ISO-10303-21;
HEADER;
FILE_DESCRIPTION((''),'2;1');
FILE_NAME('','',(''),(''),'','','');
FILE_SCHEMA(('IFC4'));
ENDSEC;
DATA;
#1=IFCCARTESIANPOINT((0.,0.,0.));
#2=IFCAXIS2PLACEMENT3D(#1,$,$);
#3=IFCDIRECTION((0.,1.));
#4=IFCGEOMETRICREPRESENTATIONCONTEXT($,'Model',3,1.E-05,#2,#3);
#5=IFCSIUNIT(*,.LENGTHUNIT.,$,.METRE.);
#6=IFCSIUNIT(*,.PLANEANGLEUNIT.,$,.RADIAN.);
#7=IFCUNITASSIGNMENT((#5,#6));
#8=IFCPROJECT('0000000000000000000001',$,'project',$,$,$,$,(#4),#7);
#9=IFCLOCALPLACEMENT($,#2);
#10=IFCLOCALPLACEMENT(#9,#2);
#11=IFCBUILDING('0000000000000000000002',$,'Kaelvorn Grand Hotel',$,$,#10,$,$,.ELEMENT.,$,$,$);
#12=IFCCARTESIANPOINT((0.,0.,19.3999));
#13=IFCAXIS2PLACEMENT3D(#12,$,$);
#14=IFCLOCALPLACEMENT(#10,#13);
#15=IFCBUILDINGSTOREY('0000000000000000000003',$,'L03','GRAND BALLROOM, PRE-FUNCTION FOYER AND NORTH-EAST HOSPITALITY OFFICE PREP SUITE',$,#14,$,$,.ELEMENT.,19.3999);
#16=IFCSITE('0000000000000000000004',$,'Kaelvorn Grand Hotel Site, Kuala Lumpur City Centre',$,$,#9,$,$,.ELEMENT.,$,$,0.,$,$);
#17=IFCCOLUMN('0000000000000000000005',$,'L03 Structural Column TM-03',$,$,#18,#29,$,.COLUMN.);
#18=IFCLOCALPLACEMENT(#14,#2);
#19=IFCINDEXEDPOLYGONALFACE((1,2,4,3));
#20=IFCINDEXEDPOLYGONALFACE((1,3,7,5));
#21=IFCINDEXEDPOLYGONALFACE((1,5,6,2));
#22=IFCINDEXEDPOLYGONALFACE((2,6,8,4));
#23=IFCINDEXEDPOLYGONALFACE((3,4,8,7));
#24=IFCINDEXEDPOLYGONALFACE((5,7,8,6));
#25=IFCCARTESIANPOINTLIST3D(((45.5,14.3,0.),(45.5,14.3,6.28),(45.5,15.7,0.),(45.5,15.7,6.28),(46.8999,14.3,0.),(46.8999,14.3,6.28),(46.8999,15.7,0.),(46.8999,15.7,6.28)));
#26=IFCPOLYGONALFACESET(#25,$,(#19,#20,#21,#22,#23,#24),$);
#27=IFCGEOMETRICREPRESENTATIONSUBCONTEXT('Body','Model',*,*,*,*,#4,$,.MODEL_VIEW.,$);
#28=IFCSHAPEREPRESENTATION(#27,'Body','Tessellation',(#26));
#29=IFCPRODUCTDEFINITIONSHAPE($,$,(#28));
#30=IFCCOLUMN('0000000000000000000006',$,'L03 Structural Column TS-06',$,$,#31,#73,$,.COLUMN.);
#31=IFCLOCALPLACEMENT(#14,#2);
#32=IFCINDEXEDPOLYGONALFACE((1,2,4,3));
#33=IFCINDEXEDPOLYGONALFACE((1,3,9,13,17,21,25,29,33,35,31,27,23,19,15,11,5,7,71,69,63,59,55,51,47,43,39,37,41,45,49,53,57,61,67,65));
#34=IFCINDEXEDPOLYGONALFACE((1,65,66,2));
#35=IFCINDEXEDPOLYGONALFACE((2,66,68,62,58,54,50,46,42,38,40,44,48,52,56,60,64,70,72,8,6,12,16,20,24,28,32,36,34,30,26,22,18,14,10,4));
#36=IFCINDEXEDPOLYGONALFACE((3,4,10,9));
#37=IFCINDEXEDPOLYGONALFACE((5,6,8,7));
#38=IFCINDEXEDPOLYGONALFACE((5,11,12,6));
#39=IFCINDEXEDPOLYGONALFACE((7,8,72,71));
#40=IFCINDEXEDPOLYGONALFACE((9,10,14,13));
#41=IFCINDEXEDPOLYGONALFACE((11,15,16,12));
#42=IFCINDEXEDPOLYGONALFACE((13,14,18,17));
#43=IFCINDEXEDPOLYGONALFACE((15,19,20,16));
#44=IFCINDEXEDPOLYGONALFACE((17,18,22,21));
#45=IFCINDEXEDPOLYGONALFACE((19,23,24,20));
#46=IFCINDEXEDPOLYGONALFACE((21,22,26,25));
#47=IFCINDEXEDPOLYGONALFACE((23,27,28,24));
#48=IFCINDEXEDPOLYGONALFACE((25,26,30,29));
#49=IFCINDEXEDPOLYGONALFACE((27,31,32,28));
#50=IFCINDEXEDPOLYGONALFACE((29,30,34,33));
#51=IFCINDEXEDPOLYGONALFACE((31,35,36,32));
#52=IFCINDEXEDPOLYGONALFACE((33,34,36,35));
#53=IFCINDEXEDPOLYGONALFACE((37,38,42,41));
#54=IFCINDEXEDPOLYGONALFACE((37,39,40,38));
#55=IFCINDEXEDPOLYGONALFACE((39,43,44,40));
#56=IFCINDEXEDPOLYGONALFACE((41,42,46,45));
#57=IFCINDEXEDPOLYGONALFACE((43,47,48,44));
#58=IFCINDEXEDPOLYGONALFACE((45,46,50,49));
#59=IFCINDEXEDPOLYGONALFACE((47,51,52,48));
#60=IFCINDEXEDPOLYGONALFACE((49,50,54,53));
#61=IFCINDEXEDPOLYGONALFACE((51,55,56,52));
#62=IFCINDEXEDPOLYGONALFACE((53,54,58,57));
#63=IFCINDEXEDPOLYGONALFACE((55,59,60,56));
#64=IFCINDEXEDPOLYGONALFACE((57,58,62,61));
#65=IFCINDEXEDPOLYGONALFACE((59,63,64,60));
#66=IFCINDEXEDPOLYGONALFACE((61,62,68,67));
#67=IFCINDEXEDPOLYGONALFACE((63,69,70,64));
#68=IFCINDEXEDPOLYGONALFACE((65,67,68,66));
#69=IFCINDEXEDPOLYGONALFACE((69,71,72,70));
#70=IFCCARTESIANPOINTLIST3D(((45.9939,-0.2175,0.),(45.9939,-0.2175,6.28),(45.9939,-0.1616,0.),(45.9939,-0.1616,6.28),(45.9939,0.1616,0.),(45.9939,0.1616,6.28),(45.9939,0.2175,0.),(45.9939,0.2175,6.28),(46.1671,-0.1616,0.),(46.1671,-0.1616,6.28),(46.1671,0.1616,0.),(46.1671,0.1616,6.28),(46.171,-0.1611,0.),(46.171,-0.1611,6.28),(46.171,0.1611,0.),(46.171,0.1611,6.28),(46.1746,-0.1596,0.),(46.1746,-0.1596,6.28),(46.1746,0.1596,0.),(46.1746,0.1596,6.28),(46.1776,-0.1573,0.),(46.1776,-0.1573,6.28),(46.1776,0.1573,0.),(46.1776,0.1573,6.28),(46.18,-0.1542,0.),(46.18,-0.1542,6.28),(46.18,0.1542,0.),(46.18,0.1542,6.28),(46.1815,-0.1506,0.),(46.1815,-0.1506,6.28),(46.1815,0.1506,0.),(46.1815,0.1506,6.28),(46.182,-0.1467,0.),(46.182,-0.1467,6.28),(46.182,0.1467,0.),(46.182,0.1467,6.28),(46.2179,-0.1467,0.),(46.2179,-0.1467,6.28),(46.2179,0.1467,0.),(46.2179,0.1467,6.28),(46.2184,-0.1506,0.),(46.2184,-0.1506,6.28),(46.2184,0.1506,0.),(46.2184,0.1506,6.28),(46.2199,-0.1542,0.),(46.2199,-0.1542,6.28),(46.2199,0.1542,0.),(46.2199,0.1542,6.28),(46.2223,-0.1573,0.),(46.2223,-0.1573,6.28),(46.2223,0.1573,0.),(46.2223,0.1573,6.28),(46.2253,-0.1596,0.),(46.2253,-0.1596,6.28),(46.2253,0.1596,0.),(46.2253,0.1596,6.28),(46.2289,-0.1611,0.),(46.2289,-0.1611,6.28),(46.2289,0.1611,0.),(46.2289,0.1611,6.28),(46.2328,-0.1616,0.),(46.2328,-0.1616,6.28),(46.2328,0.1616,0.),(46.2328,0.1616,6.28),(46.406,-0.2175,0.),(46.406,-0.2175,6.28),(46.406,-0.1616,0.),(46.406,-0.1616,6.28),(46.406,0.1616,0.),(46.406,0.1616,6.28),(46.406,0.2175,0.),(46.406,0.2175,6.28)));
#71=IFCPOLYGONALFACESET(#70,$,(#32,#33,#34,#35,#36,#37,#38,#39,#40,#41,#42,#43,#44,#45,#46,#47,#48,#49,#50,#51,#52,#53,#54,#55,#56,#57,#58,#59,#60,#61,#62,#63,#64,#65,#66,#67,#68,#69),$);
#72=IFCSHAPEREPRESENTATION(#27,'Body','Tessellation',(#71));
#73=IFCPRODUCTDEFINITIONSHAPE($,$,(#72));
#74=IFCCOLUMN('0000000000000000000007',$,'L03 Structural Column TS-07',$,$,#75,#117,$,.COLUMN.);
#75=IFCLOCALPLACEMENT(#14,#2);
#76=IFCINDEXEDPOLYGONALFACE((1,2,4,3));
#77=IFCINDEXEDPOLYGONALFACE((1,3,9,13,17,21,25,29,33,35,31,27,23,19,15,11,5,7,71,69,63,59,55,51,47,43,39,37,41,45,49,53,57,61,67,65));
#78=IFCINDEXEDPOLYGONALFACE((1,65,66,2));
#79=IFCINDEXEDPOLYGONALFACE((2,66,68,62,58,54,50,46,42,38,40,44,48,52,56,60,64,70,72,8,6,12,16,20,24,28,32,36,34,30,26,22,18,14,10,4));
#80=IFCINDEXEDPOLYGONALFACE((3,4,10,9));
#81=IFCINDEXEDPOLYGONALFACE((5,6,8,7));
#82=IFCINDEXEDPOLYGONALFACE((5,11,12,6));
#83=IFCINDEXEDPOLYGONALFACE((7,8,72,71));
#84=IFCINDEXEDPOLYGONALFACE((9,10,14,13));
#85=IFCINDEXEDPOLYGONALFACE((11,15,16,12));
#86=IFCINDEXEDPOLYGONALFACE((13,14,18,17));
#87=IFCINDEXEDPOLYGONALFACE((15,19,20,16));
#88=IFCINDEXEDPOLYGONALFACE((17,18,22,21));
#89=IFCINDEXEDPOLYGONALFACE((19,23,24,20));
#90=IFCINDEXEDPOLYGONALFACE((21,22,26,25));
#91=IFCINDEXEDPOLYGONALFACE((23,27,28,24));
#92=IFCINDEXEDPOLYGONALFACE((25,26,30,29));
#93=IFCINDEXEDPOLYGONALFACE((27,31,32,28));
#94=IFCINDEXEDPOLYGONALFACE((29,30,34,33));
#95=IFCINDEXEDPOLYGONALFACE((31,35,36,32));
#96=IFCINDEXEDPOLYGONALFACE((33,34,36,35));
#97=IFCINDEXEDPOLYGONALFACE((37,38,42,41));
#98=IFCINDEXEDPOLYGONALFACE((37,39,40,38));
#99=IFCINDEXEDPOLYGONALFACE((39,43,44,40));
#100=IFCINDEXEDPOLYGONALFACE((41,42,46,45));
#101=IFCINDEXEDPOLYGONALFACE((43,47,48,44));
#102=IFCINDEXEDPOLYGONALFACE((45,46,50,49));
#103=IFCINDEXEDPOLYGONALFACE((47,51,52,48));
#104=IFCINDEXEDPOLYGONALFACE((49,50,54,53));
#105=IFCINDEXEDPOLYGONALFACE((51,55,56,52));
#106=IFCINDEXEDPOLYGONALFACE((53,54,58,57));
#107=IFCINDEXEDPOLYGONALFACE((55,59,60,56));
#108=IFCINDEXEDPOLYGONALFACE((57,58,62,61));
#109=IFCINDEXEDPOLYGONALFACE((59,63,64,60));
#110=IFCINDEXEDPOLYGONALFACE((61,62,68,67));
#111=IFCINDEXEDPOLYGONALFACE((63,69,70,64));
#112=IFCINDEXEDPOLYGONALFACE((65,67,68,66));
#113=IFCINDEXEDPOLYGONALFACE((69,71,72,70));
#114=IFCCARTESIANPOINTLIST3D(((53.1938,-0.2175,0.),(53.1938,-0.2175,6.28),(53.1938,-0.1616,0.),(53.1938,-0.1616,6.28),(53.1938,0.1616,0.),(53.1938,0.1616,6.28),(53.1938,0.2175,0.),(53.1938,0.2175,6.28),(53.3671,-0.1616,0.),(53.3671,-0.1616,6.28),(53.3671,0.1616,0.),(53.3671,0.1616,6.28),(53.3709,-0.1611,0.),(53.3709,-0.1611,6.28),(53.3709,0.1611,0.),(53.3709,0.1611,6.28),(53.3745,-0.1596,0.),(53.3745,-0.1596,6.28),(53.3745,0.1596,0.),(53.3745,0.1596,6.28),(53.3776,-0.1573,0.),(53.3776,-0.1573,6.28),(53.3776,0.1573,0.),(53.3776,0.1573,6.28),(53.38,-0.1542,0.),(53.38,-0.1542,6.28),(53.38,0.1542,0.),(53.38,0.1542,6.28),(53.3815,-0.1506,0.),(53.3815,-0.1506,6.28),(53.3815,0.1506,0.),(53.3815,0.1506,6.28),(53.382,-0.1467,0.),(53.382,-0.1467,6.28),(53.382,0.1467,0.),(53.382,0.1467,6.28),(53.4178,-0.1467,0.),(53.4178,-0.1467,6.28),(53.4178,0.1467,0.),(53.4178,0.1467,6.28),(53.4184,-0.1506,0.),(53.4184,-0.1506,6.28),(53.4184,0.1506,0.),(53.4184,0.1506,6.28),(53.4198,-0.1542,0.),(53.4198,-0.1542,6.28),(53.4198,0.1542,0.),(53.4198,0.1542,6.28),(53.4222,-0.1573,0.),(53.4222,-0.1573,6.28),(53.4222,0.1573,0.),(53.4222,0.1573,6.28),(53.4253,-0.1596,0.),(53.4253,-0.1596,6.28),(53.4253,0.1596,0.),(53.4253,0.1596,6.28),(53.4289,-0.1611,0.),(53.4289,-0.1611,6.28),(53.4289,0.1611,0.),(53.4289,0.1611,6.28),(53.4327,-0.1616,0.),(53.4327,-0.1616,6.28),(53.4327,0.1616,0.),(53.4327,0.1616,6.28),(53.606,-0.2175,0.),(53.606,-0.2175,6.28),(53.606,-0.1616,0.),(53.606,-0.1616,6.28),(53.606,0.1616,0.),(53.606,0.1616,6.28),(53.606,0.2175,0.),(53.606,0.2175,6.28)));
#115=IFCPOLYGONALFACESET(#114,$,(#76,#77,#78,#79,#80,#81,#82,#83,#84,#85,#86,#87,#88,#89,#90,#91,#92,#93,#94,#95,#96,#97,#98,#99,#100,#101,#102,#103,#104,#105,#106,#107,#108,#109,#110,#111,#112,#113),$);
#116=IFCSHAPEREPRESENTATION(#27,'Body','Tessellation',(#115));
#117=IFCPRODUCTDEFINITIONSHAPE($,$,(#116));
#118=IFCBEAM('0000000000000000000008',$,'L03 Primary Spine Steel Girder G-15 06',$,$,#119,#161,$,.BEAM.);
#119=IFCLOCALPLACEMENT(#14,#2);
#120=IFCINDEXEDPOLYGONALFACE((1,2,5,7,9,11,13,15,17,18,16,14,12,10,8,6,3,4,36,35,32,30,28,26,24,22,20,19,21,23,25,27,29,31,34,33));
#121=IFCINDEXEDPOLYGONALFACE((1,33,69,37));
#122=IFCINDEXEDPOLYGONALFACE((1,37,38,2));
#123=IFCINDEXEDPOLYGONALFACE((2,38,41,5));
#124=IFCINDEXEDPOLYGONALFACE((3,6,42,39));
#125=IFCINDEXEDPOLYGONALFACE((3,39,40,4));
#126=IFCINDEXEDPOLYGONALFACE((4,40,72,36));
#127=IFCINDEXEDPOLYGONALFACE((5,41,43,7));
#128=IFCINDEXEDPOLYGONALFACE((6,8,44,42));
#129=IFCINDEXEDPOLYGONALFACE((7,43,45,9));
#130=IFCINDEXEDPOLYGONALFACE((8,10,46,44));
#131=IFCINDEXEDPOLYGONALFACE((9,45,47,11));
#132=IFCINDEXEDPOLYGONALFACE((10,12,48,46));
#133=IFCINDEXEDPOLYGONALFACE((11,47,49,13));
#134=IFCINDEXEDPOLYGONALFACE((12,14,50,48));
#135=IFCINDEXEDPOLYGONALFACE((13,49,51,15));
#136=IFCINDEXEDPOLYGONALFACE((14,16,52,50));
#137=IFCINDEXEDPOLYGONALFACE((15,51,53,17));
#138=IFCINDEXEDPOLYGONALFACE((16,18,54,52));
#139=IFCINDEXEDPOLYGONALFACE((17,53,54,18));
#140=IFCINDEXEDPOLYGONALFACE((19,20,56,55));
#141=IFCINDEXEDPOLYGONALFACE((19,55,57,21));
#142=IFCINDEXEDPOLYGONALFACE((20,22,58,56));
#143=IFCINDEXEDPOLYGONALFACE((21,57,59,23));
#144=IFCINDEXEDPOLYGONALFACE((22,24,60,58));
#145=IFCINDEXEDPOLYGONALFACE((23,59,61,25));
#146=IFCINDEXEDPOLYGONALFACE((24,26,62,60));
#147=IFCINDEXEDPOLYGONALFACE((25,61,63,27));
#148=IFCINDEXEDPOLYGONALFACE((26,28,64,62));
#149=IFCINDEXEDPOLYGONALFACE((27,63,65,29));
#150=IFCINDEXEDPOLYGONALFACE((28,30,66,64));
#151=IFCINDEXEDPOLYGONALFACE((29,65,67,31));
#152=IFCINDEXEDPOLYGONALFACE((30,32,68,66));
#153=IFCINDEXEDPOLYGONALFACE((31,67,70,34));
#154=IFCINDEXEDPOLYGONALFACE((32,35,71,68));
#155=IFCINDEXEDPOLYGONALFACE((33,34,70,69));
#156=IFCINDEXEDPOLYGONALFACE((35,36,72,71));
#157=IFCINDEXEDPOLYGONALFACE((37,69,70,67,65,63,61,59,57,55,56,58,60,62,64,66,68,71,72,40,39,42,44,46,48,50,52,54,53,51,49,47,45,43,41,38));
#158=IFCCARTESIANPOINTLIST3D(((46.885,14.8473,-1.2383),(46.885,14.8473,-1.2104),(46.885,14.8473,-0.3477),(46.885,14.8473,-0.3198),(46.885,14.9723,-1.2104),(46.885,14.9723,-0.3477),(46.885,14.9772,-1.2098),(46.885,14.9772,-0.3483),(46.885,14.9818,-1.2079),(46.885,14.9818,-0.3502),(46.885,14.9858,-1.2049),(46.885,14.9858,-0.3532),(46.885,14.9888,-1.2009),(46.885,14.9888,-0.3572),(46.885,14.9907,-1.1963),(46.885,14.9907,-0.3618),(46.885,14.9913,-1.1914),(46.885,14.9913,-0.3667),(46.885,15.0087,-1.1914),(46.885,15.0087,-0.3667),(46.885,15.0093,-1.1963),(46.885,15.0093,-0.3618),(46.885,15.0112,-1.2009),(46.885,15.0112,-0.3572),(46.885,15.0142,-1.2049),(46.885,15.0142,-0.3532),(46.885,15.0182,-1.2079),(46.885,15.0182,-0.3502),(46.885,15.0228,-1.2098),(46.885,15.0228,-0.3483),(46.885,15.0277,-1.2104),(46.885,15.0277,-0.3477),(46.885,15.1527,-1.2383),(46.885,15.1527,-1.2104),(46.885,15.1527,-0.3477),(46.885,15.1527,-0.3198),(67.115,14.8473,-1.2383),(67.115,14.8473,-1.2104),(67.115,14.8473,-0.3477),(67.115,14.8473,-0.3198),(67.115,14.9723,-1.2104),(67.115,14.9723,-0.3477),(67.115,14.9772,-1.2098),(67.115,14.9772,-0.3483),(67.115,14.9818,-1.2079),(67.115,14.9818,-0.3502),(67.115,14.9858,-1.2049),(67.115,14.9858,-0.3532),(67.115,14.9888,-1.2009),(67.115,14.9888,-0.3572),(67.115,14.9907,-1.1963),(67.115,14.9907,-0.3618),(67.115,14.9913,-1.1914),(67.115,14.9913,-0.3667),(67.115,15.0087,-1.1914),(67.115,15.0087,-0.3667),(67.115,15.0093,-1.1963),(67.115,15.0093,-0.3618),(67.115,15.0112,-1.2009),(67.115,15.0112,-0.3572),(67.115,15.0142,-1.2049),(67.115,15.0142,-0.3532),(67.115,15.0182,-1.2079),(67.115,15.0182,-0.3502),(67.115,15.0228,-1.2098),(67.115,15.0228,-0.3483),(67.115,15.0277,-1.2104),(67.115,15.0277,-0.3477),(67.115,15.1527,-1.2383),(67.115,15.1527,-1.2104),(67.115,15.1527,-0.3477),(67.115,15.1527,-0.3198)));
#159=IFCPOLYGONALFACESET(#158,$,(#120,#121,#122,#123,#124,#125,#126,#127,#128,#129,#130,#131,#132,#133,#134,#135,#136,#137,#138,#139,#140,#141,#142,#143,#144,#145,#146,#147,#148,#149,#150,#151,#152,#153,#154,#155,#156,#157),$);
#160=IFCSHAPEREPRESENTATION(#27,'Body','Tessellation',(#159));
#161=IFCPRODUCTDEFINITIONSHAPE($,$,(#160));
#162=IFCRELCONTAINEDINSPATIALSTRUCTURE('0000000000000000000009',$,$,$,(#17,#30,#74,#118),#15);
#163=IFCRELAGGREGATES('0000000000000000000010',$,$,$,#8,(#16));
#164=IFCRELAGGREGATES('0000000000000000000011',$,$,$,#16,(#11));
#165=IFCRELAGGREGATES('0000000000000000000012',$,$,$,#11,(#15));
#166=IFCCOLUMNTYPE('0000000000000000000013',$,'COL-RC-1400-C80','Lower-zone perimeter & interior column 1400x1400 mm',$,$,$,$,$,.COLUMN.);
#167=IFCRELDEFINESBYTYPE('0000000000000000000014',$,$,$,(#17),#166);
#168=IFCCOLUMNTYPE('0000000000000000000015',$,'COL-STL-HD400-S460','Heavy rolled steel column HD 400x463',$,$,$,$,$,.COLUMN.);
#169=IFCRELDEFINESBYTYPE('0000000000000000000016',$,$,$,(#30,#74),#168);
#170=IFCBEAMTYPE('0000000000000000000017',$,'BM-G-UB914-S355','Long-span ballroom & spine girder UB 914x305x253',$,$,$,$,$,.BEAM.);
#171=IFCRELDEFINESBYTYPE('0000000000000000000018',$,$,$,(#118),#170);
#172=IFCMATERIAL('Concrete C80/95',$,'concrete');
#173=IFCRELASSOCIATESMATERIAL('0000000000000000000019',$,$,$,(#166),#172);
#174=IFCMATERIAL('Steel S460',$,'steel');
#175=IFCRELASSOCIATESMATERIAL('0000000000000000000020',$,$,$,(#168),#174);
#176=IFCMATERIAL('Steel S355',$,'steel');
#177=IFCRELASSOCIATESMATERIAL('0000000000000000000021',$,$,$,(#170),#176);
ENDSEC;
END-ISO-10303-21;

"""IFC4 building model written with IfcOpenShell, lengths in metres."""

from ifc_helpers import new_model, si_unit, direction, frame, origin, origin_2d, place, context, subcontext, project, spatial, rectangle, i_section, extrude, material, material_profile, profile_set, type_object, element, save


model = new_model("IFC4")

# Units and contexts
model_context = context("Model", 3, precision=1e-05, world=origin(), true_north=direction((0.0, 1.0)))
body_context = subcontext(model_context, "Body", "Model", "MODEL_VIEW")
ifc_project = project(units=[si_unit("LENGTHUNIT", "METRE"), si_unit("PLANEANGLEUNIT", "RADIAN")], contexts=[model_context])

# Site, building, storey
site_placement = place(None, origin())
site = spatial("IfcSite", under=ifc_project, at=site_placement, Name="Kaelvorn Grand Hotel Site, Kuala Lumpur City Centre", CompositionType="ELEMENT", RefElevation=0.0)
building_placement = place(site_placement, origin())
building = spatial("IfcBuilding", under=site, at=building_placement, Name="Kaelvorn Grand Hotel", CompositionType="ELEMENT")
storey_placement = place(building_placement, frame((0.0, 0.0, 19.3999)))
storey = spatial("IfcBuildingStorey", under=building, at=storey_placement, Name="L03", Description="GRAND BALLROOM, PRE-FUNCTION FOYER AND NORTH-EAST HOSPITALITY OFFICE PREP SUITE", CompositionType="ELEMENT", Elevation=19.3999)

# Columns
ifc_material_1 = material(Name="Concrete C80/95", Category="concrete")
ifc_material_profile_1 = material_profile(ifc_material_1, rectangle(XDim=1.3999, YDim=1.3999, at=origin_2d()), Name="RC COL 1400x1400")
ifc_profile_set_1 = profile_set([ifc_material_profile_1], Name="Concrete C80/95")
column_type_1 = type_object("IfcColumnType", Name="COL-RC-1400-C80", Description="Lower-zone perimeter & interior column 1400x1400 mm", PredefinedType="COLUMN", material=ifc_profile_set_1)
column_placement = place(storey_placement, frame((46.2, 15.0, 0.0), z_axis=(0.0, 0.0, 1.0), x_axis=(1.0, 0.0, 0.0)))
element("IfcColumn", 1, at=column_placement, inside=storey, type_object=column_type_1, Name="L03 Structural Column TM-03", PredefinedType="COLUMN", context=body_context, shape_type="SweptSolid", body=[
    extrude(rectangle(XDim=1.3999, YDim=1.3999, at=origin_2d()), origin(), (0.0, 0.0, 1.0), 6.28),
])
ifc_material_2 = material(Name="Steel S460", Category="steel")
ifc_material_profile_2 = material_profile(ifc_material_2, i_section(OverallWidth=0.4121, OverallDepth=0.4351, WebThickness=0.0359, FlangeThickness=0.0559, FilletRadius=0.0149, at=origin_2d()), Name="HD 400x463")
ifc_profile_set_2 = profile_set([ifc_material_profile_2], Name="Steel S460")
column_type_2 = type_object("IfcColumnType", Name="COL-STL-HD400-S460", Description="Heavy rolled steel column HD 400x463", PredefinedType="COLUMN", material=ifc_profile_set_2)
for number, where, z_axis, x_axis, name in (
    (2, (46.2, 0.0, 0.0), (0.0, 0.0, 1.0), (1.0, 0.0, 0.0), "L03 Structural Column TS-06"),
    (3, (53.3999, 0.0, 0.0), (0.0, 0.0, 1.0), (1.0, 0.0, 0.0), "L03 Structural Column TS-07"),
):
    element("IfcColumn", number, at=place(storey_placement, frame(where, z_axis=z_axis, x_axis=x_axis)), inside=storey, type_object=column_type_2, Name=name, PredefinedType="COLUMN", context=body_context, shape_type="SweptSolid", body=[
        extrude(i_section(OverallWidth=0.4121, OverallDepth=0.4351, WebThickness=0.0359, FlangeThickness=0.0559, FilletRadius=0.0149, at=origin_2d()), origin(), (0.0, 0.0, 1.0), 6.28),
    ])

# Beam
ifc_material_3 = material(Name="Steel S355", Category="steel")
ifc_material_profile_3 = material_profile(ifc_material_3, i_section(OverallWidth=0.3054, OverallDepth=0.9185, WebThickness=0.0173, FlangeThickness=0.0278, FilletRadius=0.019, at=origin_2d()), Name="UB 914x305x253")
ifc_profile_set_3 = profile_set([ifc_material_profile_3], Name="Steel S355")
beam_type_1 = type_object("IfcBeamType", Name="BM-G-UB914-S355", Description="Long-span ballroom & spine girder UB 914x305x253", PredefinedType="BEAM", material=ifc_profile_set_3)
beam_1_placement = place(storey_placement, frame((46.885, 15.0, -0.7791), z_axis=(1.0, 0.0, 0.0), x_axis=(0.0, 1.0, 0.0)))
element("IfcBeam", 4, at=beam_1_placement, inside=storey, type_object=beam_type_1, Name="L03 Primary Spine Steel Girder G-15 06", PredefinedType="BEAM", context=body_context, shape_type="SweptSolid", body=[
    extrude(i_section(OverallWidth=0.3054, OverallDepth=0.9185, WebThickness=0.0173, FlangeThickness=0.0278, FilletRadius=0.019, at=origin_2d()), origin(), (0.0, 0.0, 1.0), 20.23),
])

save(model, "model.ifc")
